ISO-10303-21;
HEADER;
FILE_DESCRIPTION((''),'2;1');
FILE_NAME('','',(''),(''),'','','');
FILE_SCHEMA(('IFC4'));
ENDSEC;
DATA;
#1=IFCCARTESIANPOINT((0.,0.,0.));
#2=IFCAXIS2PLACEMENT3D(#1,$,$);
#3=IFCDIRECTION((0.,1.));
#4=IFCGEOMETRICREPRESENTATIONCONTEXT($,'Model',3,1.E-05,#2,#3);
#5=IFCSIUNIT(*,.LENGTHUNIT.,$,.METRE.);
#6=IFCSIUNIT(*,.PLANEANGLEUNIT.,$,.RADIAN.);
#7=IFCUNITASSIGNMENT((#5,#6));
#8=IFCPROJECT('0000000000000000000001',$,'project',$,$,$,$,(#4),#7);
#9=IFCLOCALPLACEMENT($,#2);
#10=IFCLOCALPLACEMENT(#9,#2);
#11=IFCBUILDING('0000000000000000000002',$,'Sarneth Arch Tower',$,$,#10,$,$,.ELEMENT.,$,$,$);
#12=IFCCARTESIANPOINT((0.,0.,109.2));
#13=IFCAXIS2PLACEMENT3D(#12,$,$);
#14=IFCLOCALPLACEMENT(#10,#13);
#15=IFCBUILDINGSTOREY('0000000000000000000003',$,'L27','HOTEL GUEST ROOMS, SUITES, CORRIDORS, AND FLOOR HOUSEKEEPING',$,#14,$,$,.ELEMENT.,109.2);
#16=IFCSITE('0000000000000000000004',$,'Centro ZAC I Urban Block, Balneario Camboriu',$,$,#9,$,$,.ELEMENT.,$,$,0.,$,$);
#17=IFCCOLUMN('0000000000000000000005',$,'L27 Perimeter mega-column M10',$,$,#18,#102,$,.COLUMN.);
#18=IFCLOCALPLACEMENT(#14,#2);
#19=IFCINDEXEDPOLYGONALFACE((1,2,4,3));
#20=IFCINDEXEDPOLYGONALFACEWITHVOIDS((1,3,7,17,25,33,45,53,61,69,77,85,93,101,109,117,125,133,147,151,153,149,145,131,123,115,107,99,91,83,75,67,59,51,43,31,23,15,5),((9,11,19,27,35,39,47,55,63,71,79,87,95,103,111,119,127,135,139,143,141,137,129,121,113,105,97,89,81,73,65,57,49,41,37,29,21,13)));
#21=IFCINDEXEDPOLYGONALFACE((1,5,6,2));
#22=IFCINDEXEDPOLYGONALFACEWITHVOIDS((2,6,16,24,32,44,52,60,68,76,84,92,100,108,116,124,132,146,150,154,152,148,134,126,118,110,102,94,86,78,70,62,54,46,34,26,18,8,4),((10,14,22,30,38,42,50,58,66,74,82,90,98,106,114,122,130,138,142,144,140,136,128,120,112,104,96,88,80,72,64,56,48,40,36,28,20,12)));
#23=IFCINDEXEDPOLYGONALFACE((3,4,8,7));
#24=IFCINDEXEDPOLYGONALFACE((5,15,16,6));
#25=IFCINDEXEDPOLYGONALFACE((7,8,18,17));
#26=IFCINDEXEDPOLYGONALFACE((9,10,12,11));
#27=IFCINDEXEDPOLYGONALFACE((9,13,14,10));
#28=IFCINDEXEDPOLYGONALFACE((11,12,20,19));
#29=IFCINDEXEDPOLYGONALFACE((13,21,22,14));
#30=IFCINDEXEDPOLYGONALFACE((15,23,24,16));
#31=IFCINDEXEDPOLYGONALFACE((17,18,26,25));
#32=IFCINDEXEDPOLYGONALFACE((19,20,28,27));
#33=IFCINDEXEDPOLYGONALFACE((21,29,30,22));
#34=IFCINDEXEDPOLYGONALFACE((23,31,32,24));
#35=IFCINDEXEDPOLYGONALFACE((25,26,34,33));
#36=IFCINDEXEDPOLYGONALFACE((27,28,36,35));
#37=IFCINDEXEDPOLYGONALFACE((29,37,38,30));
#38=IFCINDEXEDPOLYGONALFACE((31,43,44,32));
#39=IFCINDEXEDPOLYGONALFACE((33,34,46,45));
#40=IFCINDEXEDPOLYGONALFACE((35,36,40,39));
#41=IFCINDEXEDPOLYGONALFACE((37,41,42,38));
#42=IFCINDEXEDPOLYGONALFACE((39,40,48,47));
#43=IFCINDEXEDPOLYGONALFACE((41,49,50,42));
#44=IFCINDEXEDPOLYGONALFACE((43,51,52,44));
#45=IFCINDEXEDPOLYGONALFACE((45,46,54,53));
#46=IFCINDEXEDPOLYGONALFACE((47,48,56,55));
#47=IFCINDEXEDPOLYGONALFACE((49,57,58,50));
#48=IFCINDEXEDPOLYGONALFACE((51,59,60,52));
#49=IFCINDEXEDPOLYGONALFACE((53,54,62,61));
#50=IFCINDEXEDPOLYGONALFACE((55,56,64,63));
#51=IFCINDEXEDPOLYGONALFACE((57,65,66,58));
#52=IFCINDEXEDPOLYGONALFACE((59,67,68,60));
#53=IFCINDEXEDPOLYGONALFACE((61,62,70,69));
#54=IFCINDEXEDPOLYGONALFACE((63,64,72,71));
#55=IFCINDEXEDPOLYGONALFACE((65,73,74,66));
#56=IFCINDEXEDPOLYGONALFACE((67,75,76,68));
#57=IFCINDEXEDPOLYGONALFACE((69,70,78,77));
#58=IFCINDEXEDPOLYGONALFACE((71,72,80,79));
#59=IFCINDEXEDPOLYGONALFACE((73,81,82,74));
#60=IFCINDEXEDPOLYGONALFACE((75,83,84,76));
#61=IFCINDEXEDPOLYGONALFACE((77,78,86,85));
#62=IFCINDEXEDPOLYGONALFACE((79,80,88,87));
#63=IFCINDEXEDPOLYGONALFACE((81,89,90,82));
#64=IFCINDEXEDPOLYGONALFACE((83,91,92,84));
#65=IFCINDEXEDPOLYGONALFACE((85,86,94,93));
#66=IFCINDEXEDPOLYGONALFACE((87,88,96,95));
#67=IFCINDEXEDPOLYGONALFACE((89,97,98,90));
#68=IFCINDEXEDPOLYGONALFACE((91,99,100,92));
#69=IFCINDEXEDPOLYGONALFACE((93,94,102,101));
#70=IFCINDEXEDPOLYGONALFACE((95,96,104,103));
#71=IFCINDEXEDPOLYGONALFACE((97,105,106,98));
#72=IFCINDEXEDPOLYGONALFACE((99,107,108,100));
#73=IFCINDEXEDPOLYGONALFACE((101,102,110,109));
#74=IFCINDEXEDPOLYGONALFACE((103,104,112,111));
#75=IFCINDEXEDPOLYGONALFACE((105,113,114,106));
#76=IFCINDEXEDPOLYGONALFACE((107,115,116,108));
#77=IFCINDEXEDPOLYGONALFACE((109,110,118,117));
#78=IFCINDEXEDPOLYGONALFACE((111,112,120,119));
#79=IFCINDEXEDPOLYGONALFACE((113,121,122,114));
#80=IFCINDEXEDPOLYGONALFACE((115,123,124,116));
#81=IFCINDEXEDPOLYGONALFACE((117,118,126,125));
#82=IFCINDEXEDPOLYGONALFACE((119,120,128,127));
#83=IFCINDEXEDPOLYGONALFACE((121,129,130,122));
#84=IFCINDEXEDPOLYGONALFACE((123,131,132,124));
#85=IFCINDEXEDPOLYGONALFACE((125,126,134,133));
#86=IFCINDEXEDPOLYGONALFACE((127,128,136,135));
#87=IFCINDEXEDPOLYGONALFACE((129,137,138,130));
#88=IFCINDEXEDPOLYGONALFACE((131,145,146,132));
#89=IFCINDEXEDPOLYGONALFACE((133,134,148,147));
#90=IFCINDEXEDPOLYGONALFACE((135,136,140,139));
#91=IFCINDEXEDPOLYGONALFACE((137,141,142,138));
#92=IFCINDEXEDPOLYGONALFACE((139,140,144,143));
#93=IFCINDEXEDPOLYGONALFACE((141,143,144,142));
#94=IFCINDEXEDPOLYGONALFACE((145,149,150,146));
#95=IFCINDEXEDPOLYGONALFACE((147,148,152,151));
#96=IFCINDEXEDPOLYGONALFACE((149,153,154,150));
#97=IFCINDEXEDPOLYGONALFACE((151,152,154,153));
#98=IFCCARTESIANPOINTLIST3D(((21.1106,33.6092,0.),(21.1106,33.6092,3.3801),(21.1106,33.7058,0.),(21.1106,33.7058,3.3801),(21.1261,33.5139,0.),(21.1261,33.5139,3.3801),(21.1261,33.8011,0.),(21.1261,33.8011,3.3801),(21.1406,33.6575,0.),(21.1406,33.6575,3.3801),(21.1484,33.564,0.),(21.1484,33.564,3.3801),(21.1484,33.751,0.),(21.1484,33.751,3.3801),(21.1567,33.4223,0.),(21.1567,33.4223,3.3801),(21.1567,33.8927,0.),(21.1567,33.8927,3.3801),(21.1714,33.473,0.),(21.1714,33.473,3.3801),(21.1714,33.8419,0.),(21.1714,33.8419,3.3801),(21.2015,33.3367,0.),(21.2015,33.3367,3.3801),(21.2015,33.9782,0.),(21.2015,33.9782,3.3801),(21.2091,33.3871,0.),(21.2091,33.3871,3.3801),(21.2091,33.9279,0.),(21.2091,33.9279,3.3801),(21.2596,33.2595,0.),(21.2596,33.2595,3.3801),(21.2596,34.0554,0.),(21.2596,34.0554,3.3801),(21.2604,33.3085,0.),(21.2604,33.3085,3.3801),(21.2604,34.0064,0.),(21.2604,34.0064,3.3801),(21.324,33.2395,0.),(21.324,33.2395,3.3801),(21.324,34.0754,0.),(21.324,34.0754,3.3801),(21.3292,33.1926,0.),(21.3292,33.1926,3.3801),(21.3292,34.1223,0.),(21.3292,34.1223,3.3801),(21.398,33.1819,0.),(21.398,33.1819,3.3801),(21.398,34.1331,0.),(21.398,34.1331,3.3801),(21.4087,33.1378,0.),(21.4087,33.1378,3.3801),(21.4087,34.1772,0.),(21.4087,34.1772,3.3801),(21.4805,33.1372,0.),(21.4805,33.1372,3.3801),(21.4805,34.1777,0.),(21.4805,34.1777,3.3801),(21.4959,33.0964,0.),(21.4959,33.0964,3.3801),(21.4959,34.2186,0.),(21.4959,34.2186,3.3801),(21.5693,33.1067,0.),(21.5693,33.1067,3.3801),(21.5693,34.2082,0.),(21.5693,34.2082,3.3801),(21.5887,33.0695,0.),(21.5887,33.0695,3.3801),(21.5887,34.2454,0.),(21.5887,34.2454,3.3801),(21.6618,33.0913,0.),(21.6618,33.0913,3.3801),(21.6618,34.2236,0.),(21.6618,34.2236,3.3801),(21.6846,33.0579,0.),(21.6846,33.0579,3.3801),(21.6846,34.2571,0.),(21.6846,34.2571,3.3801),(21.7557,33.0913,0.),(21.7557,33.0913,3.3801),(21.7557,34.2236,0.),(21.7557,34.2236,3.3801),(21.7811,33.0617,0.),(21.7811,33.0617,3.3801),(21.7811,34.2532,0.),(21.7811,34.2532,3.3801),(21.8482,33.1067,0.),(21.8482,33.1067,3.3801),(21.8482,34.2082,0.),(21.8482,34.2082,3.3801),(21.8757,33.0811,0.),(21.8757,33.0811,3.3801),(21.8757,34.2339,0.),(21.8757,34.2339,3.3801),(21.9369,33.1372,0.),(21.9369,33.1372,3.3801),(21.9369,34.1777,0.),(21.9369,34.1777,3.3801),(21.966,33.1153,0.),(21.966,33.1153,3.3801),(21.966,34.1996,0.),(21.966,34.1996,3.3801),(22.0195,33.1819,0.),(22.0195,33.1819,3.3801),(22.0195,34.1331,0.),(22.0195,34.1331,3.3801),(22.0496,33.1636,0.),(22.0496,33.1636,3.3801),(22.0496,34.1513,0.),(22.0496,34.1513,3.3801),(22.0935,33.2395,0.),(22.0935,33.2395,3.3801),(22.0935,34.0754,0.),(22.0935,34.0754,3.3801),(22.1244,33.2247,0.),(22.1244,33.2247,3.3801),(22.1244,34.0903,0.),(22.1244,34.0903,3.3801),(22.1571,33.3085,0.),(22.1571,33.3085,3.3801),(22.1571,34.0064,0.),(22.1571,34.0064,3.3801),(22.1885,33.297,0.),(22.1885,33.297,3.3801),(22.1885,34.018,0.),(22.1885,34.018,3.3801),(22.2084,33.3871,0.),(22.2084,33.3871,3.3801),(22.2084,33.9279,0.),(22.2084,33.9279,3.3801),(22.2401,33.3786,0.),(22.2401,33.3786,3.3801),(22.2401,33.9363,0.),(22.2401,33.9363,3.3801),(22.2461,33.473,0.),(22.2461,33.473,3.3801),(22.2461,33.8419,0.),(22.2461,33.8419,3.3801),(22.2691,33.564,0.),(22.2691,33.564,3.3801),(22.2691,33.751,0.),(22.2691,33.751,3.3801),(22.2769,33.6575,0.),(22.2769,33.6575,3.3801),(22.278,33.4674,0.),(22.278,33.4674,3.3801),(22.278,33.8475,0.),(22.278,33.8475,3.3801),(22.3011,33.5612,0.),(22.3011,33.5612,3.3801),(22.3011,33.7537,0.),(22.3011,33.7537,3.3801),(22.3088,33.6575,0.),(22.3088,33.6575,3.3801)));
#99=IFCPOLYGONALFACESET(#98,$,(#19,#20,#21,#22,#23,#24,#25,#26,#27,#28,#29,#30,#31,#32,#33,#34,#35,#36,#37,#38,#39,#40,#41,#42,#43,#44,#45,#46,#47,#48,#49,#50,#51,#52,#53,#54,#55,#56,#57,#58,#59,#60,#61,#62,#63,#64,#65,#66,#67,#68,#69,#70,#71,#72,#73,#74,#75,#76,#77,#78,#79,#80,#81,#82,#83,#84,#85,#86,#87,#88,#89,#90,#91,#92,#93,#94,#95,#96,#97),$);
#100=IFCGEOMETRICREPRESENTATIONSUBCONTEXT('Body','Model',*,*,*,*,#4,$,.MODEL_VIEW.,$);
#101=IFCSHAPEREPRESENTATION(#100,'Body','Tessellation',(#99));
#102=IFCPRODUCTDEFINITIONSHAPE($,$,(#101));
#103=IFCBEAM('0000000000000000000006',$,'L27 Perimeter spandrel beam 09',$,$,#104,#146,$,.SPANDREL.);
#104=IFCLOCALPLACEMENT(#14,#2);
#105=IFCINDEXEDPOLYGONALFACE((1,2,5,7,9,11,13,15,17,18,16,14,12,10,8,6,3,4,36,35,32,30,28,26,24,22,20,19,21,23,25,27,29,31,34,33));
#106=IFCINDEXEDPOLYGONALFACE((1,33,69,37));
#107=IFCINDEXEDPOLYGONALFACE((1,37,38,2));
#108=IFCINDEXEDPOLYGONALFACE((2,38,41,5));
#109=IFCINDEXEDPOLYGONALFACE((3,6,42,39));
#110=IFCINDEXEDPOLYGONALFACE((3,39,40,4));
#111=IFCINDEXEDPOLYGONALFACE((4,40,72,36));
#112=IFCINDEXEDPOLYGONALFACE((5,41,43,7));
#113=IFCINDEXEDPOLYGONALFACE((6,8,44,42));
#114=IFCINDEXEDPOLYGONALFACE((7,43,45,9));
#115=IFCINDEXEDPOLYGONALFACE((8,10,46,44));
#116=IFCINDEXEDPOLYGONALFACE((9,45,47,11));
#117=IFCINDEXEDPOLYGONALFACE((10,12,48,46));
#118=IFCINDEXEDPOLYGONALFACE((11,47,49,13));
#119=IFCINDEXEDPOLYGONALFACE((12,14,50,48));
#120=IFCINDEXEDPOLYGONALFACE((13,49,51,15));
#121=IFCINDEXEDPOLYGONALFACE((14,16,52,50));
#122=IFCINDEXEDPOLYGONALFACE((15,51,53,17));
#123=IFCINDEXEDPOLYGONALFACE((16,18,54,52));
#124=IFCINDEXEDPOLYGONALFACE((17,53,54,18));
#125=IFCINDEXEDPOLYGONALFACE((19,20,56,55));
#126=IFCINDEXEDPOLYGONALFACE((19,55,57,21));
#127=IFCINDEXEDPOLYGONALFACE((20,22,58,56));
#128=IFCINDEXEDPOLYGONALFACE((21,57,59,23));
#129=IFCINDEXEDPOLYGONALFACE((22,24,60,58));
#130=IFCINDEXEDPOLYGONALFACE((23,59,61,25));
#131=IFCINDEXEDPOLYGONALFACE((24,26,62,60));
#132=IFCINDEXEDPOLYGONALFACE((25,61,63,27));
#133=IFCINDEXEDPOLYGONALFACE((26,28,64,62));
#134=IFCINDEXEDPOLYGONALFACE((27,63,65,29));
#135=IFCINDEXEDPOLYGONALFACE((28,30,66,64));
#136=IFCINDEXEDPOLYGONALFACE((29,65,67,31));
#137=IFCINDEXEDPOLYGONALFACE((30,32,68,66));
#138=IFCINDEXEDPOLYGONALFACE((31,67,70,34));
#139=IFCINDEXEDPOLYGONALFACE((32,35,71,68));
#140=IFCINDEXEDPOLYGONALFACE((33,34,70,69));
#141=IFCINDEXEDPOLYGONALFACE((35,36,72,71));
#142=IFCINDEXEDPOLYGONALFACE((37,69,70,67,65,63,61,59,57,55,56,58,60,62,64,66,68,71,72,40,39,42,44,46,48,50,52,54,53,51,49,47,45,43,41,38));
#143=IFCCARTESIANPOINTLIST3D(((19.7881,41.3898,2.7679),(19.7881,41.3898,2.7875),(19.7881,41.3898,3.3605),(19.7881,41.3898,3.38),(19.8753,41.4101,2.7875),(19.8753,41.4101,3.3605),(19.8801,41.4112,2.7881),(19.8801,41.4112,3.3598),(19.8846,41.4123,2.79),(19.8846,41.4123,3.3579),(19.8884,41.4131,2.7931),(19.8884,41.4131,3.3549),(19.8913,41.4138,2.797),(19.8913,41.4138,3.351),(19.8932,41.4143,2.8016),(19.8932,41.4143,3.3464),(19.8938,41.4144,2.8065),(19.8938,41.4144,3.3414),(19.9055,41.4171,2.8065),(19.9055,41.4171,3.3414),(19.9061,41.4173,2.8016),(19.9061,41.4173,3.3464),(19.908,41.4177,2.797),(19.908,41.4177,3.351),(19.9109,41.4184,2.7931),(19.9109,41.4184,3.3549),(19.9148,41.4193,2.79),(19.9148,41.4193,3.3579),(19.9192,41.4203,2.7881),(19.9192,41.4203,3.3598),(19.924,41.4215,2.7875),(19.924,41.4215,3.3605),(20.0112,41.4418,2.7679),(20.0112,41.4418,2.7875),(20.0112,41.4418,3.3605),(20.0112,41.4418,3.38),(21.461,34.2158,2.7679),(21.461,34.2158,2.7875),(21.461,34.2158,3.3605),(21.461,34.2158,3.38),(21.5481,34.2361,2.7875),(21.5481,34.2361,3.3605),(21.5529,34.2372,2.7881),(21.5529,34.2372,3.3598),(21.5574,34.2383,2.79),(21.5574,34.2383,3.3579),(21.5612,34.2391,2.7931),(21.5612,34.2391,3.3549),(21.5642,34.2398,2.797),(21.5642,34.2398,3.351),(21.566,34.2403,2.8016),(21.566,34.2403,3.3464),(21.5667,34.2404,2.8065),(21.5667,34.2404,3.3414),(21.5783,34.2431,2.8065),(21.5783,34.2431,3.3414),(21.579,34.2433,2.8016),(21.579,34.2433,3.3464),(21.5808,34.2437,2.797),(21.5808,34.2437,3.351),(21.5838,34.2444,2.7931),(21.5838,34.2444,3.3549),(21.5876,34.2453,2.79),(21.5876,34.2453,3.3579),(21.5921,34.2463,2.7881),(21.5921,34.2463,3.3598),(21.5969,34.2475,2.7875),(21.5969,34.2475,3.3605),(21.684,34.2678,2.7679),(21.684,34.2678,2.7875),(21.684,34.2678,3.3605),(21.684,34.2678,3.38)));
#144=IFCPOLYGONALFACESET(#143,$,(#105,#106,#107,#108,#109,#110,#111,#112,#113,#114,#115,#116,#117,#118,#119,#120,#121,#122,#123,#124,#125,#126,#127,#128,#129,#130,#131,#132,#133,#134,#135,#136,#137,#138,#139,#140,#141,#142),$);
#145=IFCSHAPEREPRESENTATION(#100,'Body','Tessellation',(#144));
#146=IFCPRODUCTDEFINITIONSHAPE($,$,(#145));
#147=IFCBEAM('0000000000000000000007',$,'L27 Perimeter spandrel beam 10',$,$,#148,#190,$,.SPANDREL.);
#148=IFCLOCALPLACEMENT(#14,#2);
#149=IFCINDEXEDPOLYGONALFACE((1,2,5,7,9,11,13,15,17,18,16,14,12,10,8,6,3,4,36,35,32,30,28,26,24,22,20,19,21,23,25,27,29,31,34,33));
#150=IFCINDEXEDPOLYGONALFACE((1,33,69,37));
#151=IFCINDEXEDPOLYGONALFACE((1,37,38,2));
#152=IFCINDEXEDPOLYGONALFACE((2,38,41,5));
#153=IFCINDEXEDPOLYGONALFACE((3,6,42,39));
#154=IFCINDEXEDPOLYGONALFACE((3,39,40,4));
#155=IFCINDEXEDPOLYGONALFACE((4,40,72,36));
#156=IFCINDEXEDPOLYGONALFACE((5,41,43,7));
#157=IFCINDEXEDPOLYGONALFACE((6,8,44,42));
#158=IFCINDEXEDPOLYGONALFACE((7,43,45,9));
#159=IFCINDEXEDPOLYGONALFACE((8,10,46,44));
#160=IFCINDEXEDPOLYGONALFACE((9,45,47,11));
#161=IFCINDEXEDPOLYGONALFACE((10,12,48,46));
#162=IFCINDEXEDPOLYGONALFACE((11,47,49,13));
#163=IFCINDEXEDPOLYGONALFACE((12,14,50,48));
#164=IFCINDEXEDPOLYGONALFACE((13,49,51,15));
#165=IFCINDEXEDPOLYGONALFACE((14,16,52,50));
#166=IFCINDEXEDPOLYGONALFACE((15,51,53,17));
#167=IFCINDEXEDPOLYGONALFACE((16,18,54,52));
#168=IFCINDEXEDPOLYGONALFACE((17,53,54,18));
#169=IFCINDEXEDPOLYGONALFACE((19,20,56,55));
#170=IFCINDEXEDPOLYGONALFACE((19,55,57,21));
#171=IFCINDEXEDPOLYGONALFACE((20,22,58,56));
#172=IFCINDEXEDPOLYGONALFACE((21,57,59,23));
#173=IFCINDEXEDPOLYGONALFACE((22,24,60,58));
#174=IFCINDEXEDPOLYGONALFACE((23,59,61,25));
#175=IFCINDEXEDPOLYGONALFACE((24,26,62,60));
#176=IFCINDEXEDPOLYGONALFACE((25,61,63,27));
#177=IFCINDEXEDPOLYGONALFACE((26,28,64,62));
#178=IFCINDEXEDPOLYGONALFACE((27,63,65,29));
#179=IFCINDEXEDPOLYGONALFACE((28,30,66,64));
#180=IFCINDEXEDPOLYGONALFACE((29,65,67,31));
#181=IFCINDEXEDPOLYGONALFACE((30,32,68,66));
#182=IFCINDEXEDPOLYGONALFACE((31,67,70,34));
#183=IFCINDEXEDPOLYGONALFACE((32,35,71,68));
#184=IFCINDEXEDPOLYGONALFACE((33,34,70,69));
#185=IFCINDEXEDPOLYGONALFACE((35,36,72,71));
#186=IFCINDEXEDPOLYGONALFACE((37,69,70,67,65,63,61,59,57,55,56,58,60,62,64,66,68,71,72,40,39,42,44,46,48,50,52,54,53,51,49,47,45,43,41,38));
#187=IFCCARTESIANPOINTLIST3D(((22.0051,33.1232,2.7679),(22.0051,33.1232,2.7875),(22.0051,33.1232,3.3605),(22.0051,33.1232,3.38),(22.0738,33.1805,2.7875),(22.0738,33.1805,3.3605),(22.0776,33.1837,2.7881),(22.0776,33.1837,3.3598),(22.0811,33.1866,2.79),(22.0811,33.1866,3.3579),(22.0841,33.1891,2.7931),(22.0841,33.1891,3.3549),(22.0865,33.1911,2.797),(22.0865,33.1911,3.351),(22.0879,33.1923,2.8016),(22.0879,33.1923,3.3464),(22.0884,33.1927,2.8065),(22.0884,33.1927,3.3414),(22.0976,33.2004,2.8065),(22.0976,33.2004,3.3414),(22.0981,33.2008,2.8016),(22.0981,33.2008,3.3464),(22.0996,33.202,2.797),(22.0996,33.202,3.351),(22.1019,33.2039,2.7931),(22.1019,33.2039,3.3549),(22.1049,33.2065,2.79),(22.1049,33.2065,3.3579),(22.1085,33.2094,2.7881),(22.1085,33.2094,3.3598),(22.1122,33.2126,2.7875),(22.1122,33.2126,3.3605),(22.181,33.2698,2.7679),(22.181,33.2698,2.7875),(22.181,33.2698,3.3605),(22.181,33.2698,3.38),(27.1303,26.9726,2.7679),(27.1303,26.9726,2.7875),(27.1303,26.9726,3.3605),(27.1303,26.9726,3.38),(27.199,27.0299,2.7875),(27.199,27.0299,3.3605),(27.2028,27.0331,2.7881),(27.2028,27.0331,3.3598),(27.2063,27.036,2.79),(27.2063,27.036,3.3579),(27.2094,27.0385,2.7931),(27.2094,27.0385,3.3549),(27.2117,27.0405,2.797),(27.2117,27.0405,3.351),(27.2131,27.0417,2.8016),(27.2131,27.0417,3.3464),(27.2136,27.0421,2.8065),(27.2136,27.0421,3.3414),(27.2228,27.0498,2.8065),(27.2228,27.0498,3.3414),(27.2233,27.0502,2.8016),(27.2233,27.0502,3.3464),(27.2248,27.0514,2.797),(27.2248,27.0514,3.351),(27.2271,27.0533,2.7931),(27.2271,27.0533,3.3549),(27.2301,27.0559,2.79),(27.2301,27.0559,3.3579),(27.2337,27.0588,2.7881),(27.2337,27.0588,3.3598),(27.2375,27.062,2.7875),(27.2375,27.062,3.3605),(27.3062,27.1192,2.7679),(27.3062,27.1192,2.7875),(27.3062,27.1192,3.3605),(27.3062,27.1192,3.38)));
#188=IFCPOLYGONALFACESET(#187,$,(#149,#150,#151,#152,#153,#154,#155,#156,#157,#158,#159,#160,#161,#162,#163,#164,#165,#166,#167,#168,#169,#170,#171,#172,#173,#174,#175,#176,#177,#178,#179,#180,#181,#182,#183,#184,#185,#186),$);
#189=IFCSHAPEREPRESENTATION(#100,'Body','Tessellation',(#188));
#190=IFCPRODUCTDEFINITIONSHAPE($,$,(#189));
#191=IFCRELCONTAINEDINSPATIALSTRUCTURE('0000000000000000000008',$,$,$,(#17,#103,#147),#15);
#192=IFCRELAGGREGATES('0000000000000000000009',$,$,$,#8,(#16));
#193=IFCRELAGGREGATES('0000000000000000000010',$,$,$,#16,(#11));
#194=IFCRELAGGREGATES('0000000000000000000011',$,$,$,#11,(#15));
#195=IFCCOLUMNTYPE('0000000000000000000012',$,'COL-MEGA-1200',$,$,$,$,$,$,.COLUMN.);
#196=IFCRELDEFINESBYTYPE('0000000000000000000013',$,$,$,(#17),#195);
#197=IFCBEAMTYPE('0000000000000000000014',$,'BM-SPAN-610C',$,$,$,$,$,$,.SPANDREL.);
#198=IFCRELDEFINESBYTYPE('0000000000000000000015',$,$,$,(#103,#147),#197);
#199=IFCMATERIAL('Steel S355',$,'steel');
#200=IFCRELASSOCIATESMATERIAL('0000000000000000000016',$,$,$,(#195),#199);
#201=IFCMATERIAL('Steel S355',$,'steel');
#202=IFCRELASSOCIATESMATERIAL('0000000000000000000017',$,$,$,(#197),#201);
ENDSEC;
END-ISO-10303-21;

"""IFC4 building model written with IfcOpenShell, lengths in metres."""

from ifc_helpers import new_model, si_unit, direction, frame, origin, origin_2d, place, context, subcontext, project, spatial, hollow_circle, i_section, extrude, material, material_profile, profile_set, type_object, element, save


model = new_model("IFC4")

# Units and contexts
model_context = context("Model", 3, precision=1e-05, world=origin(), true_north=direction((0.0, 1.0)))
body_context = subcontext(model_context, "Body", "Model", "MODEL_VIEW")
ifc_project = project(units=[si_unit("LENGTHUNIT", "METRE"), si_unit("PLANEANGLEUNIT", "RADIAN")], contexts=[model_context])

# Site, building, storey
site_placement = place(None, origin())
site = spatial("IfcSite", under=ifc_project, at=site_placement, Name="Centro ZAC I Urban Block, Balneario Camboriu", CompositionType="ELEMENT", RefElevation=0.0)
building_placement = place(site_placement, origin())
building = spatial("IfcBuilding", under=site, at=building_placement, Name="Sarneth Arch Tower", CompositionType="ELEMENT")
storey_placement = place(building_placement, frame((0.0, 0.0, 109.2)))
storey = spatial("IfcBuildingStorey", under=building, at=storey_placement, Name="L27", Description="HOTEL GUEST ROOMS, SUITES, CORRIDORS, AND FLOOR HOUSEKEEPING", CompositionType="ELEMENT", Elevation=109.2)

# Column
ifc_material_1 = material(Name="Steel S355", Category="steel")
ifc_material_profile_1 = material_profile(ifc_material_1, hollow_circle(Radius=0.6001, WallThickness=0.032, at=origin_2d()), Name="CHS1200x32")
ifc_profile_set_1 = profile_set([ifc_material_profile_1], Name="Steel S355")
column_type = type_object("IfcColumnType", Name="COL-MEGA-1200", PredefinedType="COLUMN", material=ifc_profile_set_1)
column_placement = place(storey_placement, frame((21.7087, 33.6575, 0.0), z_axis=(0.0, 0.0, 1.0), x_axis=(1.0, 0.0, 0.0)))
element("IfcColumn", 1, at=column_placement, inside=storey, type_object=column_type, Name="L27 Perimeter mega-column M10", PredefinedType="COLUMN", context=body_context, shape_type="SweptSolid", body=[
    extrude(hollow_circle(Radius=0.6001, WallThickness=0.032, at=origin_2d()), origin(), (0.0, 0.0, 1.0), 3.3801),
])

# Beams
ifc_material_2 = material(Name="Steel S355", Category="steel")
ifc_material_profile_2 = material_profile(ifc_material_2, i_section(OverallWidth=0.229, OverallDepth=0.6121, WebThickness=0.012, FlangeThickness=0.0195, FilletRadius=0.019, at=origin_2d()), Name="W610x125")
ifc_profile_set_2 = profile_set([ifc_material_profile_2], Name="Steel S355")
beam_type = type_object("IfcBeamType", Name="BM-SPAN-610C", PredefinedType="SPANDREL", material=ifc_profile_set_2)
beam_1_placement = place(storey_placement, frame((19.8997, 41.4158, 3.074), z_axis=(0.227088, -0.973874, 0.0), x_axis=(0.973874, 0.227088, 0.0)))
element("IfcBeam", 2, at=beam_1_placement, inside=storey, type_object=beam_type, Name="L27 Perimeter spandrel beam 09", PredefinedType="SPANDREL", context=body_context, shape_type="SweptSolid", body=[
    extrude(i_section(OverallWidth=0.229, OverallDepth=0.6121, WebThickness=0.012, FlangeThickness=0.0195, FilletRadius=0.019, at=origin_2d()), origin(), (0.0, 0.0, 1.0), 7.3665),
])
beam_2_placement = place(storey_placement, frame((22.093, 33.1965, 3.074), z_axis=(0.640163, -0.768239, 0.0), x_axis=(0.768239, 0.640163, 0.0)))
element("IfcBeam", 3, at=beam_2_placement, inside=storey, type_object=beam_type, Name="L27 Perimeter spandrel beam 10", PredefinedType="SPANDREL", context=body_context, shape_type="SweptSolid", body=[
    extrude(i_section(OverallWidth=0.229, OverallDepth=0.6121, WebThickness=0.012, FlangeThickness=0.0195, FilletRadius=0.019, at=origin_2d()), origin(), (0.0, 0.0, 1.0), 8.0061),
])

save(model, "model.ifc")
